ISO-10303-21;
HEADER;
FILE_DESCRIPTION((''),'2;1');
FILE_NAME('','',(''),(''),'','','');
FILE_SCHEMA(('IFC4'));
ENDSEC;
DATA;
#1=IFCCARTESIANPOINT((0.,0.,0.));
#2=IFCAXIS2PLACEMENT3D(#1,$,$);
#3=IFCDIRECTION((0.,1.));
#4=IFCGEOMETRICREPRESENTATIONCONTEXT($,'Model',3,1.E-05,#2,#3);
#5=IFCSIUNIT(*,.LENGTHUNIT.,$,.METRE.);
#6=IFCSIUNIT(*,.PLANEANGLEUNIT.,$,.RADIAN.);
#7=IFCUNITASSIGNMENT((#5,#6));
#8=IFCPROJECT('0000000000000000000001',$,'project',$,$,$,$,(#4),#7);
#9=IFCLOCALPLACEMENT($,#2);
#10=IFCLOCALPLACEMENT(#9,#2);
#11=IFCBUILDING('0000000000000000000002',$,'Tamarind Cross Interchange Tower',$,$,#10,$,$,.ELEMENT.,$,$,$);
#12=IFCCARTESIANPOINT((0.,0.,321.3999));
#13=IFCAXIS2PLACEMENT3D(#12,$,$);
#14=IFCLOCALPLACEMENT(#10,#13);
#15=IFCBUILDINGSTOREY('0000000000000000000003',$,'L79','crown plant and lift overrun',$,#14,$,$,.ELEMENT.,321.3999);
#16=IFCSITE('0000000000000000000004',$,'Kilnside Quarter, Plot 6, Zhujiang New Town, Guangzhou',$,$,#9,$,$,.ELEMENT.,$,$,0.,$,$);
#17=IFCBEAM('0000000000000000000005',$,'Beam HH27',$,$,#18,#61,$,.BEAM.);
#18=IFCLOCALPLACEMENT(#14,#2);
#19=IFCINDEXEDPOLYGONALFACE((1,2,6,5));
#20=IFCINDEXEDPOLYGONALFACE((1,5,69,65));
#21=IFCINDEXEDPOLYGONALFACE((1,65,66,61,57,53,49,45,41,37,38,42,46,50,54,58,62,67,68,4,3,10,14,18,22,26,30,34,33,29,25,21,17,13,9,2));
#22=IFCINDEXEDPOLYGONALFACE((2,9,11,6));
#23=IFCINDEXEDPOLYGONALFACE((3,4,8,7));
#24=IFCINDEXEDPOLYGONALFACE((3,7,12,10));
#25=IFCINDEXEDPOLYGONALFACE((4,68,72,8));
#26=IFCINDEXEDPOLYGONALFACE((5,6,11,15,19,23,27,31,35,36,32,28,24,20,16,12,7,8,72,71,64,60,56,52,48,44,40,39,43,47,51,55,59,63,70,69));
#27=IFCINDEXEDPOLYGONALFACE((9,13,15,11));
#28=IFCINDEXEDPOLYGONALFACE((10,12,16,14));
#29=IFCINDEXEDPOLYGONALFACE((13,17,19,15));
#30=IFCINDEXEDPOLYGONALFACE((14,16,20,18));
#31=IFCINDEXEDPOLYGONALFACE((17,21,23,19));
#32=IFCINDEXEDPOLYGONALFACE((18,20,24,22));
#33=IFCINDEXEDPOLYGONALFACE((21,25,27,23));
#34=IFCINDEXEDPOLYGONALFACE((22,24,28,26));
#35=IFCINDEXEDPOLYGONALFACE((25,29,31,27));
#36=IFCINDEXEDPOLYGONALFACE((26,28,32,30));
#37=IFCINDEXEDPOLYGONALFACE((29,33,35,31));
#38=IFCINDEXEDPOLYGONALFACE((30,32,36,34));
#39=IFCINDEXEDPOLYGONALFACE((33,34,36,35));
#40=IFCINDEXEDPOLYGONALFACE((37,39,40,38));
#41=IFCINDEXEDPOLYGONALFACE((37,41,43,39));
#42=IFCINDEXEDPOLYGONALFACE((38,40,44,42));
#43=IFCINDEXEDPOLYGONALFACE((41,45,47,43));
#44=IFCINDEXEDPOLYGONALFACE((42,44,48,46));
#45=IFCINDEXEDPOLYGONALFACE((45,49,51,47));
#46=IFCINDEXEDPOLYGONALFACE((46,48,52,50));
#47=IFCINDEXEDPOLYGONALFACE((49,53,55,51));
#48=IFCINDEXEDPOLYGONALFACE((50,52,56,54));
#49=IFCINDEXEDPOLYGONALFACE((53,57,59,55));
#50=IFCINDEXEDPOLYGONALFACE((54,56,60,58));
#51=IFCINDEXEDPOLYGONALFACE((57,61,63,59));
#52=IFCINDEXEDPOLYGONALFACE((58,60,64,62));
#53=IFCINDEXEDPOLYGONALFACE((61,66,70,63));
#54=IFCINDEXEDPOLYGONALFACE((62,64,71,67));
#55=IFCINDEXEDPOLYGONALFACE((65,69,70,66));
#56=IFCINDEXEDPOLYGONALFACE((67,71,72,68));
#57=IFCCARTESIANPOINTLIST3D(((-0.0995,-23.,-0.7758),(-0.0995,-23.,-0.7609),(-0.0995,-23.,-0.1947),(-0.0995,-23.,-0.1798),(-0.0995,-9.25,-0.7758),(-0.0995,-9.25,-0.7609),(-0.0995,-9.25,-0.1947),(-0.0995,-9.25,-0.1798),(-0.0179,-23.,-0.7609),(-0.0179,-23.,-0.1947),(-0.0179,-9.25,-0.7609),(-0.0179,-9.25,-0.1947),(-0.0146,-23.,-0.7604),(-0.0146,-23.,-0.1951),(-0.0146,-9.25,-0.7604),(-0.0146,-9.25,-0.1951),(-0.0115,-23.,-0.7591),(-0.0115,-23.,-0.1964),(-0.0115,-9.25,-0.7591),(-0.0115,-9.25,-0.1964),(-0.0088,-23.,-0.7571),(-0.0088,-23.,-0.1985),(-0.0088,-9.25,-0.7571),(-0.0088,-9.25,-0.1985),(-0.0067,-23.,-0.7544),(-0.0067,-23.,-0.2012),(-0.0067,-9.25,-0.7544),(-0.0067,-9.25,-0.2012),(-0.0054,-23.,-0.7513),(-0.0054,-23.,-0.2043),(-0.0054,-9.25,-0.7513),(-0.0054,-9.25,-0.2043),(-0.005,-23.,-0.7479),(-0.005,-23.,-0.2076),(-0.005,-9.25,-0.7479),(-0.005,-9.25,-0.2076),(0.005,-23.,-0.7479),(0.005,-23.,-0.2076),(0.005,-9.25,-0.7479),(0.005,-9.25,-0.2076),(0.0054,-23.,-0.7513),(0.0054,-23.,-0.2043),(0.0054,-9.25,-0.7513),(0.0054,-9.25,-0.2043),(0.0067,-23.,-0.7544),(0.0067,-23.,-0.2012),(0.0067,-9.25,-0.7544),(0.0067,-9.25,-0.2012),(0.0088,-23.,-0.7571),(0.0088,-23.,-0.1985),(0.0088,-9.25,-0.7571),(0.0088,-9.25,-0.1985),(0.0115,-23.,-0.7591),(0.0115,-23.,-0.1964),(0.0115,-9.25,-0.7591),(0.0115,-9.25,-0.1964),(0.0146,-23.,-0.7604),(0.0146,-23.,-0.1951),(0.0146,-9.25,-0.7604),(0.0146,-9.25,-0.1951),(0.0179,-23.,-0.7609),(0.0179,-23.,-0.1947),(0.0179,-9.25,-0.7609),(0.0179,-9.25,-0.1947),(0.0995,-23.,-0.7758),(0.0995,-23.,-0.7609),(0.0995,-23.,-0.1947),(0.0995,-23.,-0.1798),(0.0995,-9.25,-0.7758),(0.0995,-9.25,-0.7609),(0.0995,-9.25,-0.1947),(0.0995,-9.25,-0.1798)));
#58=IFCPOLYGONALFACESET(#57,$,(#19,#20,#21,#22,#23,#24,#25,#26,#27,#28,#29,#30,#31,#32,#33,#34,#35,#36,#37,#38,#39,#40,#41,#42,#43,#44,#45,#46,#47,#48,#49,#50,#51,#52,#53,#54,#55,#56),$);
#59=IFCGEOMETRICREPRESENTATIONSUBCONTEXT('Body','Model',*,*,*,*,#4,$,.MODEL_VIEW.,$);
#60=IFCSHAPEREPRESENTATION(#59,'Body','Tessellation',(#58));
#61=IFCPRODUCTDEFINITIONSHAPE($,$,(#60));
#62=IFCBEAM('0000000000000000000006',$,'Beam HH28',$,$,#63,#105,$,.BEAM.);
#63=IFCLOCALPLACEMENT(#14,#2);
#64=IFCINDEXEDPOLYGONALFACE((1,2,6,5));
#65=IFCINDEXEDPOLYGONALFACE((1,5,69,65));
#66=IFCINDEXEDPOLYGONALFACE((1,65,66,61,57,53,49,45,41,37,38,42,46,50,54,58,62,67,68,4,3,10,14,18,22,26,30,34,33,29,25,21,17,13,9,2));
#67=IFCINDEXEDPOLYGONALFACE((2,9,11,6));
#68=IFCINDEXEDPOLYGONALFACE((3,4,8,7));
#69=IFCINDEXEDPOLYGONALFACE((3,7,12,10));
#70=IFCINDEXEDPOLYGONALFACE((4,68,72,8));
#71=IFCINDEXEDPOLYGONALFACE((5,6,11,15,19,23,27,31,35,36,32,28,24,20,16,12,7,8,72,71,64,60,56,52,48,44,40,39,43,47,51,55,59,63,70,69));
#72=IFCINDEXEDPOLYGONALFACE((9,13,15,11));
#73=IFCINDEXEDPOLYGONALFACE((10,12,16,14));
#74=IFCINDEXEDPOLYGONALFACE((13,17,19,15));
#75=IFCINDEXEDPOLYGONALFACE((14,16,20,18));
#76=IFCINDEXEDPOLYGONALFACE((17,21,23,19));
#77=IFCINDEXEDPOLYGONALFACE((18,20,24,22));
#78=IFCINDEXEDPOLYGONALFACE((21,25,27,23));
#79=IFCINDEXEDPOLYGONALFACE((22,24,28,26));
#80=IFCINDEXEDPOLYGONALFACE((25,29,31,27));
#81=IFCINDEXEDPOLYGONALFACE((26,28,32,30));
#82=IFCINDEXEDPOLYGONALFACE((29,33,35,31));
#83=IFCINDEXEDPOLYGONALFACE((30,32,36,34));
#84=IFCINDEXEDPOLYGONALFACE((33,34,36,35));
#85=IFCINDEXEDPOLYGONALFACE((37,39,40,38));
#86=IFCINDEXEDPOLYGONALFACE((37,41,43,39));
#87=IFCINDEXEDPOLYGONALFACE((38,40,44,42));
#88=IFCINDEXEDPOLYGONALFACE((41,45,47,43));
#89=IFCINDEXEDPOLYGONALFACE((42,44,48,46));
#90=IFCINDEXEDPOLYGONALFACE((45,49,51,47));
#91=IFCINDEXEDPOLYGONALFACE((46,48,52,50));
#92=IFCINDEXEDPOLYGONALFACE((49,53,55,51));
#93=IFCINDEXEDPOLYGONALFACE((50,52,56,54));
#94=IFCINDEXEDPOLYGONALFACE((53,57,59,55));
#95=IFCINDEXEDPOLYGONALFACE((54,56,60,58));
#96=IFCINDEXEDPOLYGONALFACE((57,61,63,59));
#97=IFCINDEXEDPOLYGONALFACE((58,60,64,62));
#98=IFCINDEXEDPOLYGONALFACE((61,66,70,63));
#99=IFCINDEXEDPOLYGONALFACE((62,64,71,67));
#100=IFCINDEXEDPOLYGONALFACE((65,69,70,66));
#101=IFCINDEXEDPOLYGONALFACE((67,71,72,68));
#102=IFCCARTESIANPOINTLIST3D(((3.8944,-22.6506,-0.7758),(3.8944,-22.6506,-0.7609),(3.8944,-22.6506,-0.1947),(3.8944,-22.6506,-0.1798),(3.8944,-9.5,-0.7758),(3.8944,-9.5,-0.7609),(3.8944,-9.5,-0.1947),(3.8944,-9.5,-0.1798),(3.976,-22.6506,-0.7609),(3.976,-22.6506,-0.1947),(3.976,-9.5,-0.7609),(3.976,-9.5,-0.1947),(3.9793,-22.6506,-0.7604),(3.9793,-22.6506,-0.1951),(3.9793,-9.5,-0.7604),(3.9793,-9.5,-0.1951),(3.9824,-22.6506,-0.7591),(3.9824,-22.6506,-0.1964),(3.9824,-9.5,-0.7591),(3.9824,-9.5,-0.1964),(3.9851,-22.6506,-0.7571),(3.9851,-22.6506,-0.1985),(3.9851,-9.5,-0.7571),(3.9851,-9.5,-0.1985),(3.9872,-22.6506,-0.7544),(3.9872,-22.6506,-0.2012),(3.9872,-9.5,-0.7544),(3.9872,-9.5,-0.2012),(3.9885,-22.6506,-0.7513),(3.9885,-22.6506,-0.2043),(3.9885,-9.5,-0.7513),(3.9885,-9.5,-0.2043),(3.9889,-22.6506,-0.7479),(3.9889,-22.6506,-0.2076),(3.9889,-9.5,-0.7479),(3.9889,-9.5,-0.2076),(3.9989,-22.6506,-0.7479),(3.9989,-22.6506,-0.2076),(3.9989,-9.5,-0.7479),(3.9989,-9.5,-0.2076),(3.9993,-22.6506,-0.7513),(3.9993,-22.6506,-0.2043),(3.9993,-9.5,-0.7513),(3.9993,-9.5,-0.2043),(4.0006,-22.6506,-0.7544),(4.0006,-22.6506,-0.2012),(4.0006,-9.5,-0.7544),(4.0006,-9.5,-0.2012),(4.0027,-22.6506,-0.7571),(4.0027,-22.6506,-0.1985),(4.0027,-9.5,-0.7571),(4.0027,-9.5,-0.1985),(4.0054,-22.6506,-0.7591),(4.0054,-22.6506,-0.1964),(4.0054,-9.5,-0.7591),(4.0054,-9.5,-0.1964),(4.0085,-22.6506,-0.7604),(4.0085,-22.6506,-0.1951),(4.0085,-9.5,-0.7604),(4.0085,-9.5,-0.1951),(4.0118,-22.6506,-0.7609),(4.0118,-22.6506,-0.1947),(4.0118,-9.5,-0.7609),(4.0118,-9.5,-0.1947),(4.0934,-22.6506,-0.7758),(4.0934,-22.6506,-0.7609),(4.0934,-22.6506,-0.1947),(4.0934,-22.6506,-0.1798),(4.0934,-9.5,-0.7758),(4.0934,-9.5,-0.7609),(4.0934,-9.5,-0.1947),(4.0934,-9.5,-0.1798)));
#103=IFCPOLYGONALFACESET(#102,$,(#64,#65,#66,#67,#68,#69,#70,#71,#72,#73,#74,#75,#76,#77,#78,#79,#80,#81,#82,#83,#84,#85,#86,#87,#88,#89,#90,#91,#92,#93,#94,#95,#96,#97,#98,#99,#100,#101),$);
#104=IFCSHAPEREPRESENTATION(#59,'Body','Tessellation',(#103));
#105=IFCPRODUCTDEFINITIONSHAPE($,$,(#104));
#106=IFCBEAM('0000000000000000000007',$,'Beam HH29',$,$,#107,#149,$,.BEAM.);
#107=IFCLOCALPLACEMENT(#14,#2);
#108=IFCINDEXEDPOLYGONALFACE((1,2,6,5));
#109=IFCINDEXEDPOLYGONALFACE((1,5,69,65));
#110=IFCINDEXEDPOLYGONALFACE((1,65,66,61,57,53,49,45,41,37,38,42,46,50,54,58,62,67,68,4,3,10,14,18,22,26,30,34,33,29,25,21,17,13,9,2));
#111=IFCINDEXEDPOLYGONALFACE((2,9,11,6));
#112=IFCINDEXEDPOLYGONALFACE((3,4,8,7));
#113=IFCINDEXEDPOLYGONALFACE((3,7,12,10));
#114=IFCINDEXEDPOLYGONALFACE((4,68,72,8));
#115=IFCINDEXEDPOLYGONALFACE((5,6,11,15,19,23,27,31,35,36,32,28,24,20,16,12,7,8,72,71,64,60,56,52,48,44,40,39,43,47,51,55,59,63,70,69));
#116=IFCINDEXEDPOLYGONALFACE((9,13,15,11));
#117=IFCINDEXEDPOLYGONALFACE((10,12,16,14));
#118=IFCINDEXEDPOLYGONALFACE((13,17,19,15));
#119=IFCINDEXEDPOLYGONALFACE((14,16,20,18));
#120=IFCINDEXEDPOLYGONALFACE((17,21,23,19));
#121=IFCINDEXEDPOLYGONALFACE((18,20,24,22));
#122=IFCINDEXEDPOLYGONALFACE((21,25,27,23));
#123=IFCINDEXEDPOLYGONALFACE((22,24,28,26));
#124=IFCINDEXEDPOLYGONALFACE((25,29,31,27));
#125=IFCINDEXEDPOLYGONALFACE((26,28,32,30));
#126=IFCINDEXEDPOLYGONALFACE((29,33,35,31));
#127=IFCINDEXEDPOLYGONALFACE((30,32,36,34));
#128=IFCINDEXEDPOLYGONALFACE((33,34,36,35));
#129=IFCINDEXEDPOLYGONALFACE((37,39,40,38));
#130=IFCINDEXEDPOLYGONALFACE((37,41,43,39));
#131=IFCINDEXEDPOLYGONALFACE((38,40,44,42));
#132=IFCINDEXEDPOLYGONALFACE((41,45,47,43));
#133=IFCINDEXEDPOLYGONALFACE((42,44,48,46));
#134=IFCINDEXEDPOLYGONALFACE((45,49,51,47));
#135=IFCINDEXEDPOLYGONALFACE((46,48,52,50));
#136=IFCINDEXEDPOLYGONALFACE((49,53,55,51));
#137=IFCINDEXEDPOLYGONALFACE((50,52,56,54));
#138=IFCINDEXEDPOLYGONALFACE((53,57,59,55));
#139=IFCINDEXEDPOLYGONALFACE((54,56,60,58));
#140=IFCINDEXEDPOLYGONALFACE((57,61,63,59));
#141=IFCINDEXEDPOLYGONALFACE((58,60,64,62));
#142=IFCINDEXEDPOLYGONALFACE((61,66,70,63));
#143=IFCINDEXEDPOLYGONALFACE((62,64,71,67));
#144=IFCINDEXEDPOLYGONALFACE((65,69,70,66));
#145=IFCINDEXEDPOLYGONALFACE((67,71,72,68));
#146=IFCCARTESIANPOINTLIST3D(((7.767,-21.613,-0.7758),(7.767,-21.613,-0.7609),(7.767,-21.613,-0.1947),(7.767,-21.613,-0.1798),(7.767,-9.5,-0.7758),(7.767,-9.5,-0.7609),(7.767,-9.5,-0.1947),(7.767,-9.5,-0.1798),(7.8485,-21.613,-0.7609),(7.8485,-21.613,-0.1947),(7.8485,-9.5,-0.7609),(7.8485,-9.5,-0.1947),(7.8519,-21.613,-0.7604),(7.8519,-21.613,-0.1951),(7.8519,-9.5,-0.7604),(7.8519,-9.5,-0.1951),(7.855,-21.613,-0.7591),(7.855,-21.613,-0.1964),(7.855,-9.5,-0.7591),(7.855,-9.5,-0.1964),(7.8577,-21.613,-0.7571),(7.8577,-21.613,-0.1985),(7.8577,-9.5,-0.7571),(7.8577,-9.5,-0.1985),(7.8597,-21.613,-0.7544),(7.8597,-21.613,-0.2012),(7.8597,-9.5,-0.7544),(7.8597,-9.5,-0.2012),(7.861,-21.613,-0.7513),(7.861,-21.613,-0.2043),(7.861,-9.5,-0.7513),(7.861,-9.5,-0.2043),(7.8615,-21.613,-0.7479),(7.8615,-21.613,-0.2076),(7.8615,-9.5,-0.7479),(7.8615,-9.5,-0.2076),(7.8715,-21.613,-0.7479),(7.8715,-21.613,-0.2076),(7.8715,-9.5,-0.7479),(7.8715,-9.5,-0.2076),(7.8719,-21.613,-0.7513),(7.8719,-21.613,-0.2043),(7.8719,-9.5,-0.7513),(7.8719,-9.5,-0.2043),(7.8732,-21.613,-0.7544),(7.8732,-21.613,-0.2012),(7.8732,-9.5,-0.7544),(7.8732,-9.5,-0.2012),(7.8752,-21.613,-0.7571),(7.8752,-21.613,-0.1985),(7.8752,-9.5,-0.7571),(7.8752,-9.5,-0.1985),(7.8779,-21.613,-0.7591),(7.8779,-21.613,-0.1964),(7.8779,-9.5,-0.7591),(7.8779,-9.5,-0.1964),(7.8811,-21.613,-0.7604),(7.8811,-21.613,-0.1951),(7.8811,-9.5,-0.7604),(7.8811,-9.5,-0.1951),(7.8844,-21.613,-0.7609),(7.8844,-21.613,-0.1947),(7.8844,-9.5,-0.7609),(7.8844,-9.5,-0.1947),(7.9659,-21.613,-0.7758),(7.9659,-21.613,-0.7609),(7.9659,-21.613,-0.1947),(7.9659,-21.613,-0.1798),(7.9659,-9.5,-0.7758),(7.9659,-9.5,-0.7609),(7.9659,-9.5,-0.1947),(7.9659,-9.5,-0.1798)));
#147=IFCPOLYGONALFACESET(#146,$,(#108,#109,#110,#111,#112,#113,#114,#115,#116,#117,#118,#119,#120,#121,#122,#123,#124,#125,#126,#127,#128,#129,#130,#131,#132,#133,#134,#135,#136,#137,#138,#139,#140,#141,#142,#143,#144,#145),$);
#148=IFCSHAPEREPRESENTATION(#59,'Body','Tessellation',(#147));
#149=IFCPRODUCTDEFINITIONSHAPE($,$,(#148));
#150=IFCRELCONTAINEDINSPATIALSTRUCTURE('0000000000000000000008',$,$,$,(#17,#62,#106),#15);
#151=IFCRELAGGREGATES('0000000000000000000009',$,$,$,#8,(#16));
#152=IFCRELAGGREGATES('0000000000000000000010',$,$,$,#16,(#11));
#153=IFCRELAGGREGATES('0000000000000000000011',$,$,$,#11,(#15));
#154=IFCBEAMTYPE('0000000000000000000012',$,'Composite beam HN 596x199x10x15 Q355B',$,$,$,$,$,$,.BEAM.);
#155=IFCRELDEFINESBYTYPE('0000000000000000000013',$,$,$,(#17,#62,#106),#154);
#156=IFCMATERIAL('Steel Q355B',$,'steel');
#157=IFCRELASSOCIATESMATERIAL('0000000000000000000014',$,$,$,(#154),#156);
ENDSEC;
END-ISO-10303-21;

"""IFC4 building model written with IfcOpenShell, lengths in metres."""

from ifc_helpers import new_model, si_unit, direction, frame, origin, origin_2d, place, context, subcontext, project, spatial, i_section, extrude, material, material_profile, profile_set, type_object, element, save


model = new_model("IFC4")

# Units and contexts
model_context = context("Model", 3, precision=1e-05, world=origin(), true_north=direction((0.0, 1.0)))
body_context = subcontext(model_context, "Body", "Model", "MODEL_VIEW")
ifc_project = project(units=[si_unit("LENGTHUNIT", "METRE"), si_unit("PLANEANGLEUNIT", "RADIAN")], contexts=[model_context])

# Site, building, storey
site_placement = place(None, origin())
site = spatial("IfcSite", under=ifc_project, at=site_placement, Name="Kilnside Quarter, Plot 6, Zhujiang New Town, Guangzhou", CompositionType="ELEMENT", RefElevation=0.0)
building_placement = place(site_placement, origin())
building = spatial("IfcBuilding", under=site, at=building_placement, Name="Tamarind Cross Interchange Tower", CompositionType="ELEMENT")
storey_placement = place(building_placement, frame((0.0, 0.0, 321.3999)))
storey = spatial("IfcBuildingStorey", under=building, at=storey_placement, Name="L79", Description="crown plant and lift overrun", CompositionType="ELEMENT", Elevation=321.3999)

# Beams
ifc_material_1 = material(Name="Steel Q355B", Category="steel")
ifc_material_profile_1 = material_profile(ifc_material_1, i_section(OverallWidth=0.199, OverallDepth=0.5959, WebThickness=0.01, FlangeThickness=0.0149, FilletRadius=0.0129, at=origin_2d()), Name="HN 596x199x10x15")
ifc_profile_set_1 = profile_set([ifc_material_profile_1], Name="Steel Q355B")
beam_type = type_object("IfcBeamType", Name="Composite beam HN 596x199x10x15 Q355B", PredefinedType="BEAM", material=ifc_profile_set_1)
beam_1_placement = place(storey_placement, frame((0.0, -23.0, -0.4778), z_axis=(0.0, 1.0, 0.0), x_axis=(-1.0, 0.0, 0.0)))
element("IfcBeam", 1, at=beam_1_placement, inside=storey, type_object=beam_type, Name="Beam HH27", PredefinedType="BEAM", context=body_context, shape_type="SweptSolid", body=[
    extrude(i_section(OverallWidth=0.199, OverallDepth=0.5959, WebThickness=0.01, FlangeThickness=0.0149, FilletRadius=0.0129, at=origin_2d()), origin(), (0.0, 0.0, 1.0), 13.75),
])
beam_2_placement = place(storey_placement, frame((3.9939, -22.6506, -0.4778), z_axis=(0.0, 1.0, 0.0), x_axis=(-1.0, 0.0, 0.0)))
element("IfcBeam", 2, at=beam_2_placement, inside=storey, type_object=beam_type, Name="Beam HH28", PredefinedType="BEAM", context=body_context, shape_type="SweptSolid", body=[
    extrude(i_section(OverallWidth=0.199, OverallDepth=0.5959, WebThickness=0.01, FlangeThickness=0.0149, FilletRadius=0.0129, at=origin_2d()), origin(), (0.0, 0.0, 1.0), 13.1506),
])
beam_3_placement = place(storey_placement, frame((7.8665, -21.613, -0.4778), z_axis=(0.0, 1.0, 0.0), x_axis=(-1.0, 0.0, 0.0)))
element("IfcBeam", 3, at=beam_3_placement, inside=storey, type_object=beam_type, Name="Beam HH29", PredefinedType="BEAM", context=body_context, shape_type="SweptSolid", body=[
    extrude(i_section(OverallWidth=0.199, OverallDepth=0.5959, WebThickness=0.01, FlangeThickness=0.0149, FilletRadius=0.0129, at=origin_2d()), origin(), (0.0, 0.0, 1.0), 12.113),
])

save(model, "model.ifc")
